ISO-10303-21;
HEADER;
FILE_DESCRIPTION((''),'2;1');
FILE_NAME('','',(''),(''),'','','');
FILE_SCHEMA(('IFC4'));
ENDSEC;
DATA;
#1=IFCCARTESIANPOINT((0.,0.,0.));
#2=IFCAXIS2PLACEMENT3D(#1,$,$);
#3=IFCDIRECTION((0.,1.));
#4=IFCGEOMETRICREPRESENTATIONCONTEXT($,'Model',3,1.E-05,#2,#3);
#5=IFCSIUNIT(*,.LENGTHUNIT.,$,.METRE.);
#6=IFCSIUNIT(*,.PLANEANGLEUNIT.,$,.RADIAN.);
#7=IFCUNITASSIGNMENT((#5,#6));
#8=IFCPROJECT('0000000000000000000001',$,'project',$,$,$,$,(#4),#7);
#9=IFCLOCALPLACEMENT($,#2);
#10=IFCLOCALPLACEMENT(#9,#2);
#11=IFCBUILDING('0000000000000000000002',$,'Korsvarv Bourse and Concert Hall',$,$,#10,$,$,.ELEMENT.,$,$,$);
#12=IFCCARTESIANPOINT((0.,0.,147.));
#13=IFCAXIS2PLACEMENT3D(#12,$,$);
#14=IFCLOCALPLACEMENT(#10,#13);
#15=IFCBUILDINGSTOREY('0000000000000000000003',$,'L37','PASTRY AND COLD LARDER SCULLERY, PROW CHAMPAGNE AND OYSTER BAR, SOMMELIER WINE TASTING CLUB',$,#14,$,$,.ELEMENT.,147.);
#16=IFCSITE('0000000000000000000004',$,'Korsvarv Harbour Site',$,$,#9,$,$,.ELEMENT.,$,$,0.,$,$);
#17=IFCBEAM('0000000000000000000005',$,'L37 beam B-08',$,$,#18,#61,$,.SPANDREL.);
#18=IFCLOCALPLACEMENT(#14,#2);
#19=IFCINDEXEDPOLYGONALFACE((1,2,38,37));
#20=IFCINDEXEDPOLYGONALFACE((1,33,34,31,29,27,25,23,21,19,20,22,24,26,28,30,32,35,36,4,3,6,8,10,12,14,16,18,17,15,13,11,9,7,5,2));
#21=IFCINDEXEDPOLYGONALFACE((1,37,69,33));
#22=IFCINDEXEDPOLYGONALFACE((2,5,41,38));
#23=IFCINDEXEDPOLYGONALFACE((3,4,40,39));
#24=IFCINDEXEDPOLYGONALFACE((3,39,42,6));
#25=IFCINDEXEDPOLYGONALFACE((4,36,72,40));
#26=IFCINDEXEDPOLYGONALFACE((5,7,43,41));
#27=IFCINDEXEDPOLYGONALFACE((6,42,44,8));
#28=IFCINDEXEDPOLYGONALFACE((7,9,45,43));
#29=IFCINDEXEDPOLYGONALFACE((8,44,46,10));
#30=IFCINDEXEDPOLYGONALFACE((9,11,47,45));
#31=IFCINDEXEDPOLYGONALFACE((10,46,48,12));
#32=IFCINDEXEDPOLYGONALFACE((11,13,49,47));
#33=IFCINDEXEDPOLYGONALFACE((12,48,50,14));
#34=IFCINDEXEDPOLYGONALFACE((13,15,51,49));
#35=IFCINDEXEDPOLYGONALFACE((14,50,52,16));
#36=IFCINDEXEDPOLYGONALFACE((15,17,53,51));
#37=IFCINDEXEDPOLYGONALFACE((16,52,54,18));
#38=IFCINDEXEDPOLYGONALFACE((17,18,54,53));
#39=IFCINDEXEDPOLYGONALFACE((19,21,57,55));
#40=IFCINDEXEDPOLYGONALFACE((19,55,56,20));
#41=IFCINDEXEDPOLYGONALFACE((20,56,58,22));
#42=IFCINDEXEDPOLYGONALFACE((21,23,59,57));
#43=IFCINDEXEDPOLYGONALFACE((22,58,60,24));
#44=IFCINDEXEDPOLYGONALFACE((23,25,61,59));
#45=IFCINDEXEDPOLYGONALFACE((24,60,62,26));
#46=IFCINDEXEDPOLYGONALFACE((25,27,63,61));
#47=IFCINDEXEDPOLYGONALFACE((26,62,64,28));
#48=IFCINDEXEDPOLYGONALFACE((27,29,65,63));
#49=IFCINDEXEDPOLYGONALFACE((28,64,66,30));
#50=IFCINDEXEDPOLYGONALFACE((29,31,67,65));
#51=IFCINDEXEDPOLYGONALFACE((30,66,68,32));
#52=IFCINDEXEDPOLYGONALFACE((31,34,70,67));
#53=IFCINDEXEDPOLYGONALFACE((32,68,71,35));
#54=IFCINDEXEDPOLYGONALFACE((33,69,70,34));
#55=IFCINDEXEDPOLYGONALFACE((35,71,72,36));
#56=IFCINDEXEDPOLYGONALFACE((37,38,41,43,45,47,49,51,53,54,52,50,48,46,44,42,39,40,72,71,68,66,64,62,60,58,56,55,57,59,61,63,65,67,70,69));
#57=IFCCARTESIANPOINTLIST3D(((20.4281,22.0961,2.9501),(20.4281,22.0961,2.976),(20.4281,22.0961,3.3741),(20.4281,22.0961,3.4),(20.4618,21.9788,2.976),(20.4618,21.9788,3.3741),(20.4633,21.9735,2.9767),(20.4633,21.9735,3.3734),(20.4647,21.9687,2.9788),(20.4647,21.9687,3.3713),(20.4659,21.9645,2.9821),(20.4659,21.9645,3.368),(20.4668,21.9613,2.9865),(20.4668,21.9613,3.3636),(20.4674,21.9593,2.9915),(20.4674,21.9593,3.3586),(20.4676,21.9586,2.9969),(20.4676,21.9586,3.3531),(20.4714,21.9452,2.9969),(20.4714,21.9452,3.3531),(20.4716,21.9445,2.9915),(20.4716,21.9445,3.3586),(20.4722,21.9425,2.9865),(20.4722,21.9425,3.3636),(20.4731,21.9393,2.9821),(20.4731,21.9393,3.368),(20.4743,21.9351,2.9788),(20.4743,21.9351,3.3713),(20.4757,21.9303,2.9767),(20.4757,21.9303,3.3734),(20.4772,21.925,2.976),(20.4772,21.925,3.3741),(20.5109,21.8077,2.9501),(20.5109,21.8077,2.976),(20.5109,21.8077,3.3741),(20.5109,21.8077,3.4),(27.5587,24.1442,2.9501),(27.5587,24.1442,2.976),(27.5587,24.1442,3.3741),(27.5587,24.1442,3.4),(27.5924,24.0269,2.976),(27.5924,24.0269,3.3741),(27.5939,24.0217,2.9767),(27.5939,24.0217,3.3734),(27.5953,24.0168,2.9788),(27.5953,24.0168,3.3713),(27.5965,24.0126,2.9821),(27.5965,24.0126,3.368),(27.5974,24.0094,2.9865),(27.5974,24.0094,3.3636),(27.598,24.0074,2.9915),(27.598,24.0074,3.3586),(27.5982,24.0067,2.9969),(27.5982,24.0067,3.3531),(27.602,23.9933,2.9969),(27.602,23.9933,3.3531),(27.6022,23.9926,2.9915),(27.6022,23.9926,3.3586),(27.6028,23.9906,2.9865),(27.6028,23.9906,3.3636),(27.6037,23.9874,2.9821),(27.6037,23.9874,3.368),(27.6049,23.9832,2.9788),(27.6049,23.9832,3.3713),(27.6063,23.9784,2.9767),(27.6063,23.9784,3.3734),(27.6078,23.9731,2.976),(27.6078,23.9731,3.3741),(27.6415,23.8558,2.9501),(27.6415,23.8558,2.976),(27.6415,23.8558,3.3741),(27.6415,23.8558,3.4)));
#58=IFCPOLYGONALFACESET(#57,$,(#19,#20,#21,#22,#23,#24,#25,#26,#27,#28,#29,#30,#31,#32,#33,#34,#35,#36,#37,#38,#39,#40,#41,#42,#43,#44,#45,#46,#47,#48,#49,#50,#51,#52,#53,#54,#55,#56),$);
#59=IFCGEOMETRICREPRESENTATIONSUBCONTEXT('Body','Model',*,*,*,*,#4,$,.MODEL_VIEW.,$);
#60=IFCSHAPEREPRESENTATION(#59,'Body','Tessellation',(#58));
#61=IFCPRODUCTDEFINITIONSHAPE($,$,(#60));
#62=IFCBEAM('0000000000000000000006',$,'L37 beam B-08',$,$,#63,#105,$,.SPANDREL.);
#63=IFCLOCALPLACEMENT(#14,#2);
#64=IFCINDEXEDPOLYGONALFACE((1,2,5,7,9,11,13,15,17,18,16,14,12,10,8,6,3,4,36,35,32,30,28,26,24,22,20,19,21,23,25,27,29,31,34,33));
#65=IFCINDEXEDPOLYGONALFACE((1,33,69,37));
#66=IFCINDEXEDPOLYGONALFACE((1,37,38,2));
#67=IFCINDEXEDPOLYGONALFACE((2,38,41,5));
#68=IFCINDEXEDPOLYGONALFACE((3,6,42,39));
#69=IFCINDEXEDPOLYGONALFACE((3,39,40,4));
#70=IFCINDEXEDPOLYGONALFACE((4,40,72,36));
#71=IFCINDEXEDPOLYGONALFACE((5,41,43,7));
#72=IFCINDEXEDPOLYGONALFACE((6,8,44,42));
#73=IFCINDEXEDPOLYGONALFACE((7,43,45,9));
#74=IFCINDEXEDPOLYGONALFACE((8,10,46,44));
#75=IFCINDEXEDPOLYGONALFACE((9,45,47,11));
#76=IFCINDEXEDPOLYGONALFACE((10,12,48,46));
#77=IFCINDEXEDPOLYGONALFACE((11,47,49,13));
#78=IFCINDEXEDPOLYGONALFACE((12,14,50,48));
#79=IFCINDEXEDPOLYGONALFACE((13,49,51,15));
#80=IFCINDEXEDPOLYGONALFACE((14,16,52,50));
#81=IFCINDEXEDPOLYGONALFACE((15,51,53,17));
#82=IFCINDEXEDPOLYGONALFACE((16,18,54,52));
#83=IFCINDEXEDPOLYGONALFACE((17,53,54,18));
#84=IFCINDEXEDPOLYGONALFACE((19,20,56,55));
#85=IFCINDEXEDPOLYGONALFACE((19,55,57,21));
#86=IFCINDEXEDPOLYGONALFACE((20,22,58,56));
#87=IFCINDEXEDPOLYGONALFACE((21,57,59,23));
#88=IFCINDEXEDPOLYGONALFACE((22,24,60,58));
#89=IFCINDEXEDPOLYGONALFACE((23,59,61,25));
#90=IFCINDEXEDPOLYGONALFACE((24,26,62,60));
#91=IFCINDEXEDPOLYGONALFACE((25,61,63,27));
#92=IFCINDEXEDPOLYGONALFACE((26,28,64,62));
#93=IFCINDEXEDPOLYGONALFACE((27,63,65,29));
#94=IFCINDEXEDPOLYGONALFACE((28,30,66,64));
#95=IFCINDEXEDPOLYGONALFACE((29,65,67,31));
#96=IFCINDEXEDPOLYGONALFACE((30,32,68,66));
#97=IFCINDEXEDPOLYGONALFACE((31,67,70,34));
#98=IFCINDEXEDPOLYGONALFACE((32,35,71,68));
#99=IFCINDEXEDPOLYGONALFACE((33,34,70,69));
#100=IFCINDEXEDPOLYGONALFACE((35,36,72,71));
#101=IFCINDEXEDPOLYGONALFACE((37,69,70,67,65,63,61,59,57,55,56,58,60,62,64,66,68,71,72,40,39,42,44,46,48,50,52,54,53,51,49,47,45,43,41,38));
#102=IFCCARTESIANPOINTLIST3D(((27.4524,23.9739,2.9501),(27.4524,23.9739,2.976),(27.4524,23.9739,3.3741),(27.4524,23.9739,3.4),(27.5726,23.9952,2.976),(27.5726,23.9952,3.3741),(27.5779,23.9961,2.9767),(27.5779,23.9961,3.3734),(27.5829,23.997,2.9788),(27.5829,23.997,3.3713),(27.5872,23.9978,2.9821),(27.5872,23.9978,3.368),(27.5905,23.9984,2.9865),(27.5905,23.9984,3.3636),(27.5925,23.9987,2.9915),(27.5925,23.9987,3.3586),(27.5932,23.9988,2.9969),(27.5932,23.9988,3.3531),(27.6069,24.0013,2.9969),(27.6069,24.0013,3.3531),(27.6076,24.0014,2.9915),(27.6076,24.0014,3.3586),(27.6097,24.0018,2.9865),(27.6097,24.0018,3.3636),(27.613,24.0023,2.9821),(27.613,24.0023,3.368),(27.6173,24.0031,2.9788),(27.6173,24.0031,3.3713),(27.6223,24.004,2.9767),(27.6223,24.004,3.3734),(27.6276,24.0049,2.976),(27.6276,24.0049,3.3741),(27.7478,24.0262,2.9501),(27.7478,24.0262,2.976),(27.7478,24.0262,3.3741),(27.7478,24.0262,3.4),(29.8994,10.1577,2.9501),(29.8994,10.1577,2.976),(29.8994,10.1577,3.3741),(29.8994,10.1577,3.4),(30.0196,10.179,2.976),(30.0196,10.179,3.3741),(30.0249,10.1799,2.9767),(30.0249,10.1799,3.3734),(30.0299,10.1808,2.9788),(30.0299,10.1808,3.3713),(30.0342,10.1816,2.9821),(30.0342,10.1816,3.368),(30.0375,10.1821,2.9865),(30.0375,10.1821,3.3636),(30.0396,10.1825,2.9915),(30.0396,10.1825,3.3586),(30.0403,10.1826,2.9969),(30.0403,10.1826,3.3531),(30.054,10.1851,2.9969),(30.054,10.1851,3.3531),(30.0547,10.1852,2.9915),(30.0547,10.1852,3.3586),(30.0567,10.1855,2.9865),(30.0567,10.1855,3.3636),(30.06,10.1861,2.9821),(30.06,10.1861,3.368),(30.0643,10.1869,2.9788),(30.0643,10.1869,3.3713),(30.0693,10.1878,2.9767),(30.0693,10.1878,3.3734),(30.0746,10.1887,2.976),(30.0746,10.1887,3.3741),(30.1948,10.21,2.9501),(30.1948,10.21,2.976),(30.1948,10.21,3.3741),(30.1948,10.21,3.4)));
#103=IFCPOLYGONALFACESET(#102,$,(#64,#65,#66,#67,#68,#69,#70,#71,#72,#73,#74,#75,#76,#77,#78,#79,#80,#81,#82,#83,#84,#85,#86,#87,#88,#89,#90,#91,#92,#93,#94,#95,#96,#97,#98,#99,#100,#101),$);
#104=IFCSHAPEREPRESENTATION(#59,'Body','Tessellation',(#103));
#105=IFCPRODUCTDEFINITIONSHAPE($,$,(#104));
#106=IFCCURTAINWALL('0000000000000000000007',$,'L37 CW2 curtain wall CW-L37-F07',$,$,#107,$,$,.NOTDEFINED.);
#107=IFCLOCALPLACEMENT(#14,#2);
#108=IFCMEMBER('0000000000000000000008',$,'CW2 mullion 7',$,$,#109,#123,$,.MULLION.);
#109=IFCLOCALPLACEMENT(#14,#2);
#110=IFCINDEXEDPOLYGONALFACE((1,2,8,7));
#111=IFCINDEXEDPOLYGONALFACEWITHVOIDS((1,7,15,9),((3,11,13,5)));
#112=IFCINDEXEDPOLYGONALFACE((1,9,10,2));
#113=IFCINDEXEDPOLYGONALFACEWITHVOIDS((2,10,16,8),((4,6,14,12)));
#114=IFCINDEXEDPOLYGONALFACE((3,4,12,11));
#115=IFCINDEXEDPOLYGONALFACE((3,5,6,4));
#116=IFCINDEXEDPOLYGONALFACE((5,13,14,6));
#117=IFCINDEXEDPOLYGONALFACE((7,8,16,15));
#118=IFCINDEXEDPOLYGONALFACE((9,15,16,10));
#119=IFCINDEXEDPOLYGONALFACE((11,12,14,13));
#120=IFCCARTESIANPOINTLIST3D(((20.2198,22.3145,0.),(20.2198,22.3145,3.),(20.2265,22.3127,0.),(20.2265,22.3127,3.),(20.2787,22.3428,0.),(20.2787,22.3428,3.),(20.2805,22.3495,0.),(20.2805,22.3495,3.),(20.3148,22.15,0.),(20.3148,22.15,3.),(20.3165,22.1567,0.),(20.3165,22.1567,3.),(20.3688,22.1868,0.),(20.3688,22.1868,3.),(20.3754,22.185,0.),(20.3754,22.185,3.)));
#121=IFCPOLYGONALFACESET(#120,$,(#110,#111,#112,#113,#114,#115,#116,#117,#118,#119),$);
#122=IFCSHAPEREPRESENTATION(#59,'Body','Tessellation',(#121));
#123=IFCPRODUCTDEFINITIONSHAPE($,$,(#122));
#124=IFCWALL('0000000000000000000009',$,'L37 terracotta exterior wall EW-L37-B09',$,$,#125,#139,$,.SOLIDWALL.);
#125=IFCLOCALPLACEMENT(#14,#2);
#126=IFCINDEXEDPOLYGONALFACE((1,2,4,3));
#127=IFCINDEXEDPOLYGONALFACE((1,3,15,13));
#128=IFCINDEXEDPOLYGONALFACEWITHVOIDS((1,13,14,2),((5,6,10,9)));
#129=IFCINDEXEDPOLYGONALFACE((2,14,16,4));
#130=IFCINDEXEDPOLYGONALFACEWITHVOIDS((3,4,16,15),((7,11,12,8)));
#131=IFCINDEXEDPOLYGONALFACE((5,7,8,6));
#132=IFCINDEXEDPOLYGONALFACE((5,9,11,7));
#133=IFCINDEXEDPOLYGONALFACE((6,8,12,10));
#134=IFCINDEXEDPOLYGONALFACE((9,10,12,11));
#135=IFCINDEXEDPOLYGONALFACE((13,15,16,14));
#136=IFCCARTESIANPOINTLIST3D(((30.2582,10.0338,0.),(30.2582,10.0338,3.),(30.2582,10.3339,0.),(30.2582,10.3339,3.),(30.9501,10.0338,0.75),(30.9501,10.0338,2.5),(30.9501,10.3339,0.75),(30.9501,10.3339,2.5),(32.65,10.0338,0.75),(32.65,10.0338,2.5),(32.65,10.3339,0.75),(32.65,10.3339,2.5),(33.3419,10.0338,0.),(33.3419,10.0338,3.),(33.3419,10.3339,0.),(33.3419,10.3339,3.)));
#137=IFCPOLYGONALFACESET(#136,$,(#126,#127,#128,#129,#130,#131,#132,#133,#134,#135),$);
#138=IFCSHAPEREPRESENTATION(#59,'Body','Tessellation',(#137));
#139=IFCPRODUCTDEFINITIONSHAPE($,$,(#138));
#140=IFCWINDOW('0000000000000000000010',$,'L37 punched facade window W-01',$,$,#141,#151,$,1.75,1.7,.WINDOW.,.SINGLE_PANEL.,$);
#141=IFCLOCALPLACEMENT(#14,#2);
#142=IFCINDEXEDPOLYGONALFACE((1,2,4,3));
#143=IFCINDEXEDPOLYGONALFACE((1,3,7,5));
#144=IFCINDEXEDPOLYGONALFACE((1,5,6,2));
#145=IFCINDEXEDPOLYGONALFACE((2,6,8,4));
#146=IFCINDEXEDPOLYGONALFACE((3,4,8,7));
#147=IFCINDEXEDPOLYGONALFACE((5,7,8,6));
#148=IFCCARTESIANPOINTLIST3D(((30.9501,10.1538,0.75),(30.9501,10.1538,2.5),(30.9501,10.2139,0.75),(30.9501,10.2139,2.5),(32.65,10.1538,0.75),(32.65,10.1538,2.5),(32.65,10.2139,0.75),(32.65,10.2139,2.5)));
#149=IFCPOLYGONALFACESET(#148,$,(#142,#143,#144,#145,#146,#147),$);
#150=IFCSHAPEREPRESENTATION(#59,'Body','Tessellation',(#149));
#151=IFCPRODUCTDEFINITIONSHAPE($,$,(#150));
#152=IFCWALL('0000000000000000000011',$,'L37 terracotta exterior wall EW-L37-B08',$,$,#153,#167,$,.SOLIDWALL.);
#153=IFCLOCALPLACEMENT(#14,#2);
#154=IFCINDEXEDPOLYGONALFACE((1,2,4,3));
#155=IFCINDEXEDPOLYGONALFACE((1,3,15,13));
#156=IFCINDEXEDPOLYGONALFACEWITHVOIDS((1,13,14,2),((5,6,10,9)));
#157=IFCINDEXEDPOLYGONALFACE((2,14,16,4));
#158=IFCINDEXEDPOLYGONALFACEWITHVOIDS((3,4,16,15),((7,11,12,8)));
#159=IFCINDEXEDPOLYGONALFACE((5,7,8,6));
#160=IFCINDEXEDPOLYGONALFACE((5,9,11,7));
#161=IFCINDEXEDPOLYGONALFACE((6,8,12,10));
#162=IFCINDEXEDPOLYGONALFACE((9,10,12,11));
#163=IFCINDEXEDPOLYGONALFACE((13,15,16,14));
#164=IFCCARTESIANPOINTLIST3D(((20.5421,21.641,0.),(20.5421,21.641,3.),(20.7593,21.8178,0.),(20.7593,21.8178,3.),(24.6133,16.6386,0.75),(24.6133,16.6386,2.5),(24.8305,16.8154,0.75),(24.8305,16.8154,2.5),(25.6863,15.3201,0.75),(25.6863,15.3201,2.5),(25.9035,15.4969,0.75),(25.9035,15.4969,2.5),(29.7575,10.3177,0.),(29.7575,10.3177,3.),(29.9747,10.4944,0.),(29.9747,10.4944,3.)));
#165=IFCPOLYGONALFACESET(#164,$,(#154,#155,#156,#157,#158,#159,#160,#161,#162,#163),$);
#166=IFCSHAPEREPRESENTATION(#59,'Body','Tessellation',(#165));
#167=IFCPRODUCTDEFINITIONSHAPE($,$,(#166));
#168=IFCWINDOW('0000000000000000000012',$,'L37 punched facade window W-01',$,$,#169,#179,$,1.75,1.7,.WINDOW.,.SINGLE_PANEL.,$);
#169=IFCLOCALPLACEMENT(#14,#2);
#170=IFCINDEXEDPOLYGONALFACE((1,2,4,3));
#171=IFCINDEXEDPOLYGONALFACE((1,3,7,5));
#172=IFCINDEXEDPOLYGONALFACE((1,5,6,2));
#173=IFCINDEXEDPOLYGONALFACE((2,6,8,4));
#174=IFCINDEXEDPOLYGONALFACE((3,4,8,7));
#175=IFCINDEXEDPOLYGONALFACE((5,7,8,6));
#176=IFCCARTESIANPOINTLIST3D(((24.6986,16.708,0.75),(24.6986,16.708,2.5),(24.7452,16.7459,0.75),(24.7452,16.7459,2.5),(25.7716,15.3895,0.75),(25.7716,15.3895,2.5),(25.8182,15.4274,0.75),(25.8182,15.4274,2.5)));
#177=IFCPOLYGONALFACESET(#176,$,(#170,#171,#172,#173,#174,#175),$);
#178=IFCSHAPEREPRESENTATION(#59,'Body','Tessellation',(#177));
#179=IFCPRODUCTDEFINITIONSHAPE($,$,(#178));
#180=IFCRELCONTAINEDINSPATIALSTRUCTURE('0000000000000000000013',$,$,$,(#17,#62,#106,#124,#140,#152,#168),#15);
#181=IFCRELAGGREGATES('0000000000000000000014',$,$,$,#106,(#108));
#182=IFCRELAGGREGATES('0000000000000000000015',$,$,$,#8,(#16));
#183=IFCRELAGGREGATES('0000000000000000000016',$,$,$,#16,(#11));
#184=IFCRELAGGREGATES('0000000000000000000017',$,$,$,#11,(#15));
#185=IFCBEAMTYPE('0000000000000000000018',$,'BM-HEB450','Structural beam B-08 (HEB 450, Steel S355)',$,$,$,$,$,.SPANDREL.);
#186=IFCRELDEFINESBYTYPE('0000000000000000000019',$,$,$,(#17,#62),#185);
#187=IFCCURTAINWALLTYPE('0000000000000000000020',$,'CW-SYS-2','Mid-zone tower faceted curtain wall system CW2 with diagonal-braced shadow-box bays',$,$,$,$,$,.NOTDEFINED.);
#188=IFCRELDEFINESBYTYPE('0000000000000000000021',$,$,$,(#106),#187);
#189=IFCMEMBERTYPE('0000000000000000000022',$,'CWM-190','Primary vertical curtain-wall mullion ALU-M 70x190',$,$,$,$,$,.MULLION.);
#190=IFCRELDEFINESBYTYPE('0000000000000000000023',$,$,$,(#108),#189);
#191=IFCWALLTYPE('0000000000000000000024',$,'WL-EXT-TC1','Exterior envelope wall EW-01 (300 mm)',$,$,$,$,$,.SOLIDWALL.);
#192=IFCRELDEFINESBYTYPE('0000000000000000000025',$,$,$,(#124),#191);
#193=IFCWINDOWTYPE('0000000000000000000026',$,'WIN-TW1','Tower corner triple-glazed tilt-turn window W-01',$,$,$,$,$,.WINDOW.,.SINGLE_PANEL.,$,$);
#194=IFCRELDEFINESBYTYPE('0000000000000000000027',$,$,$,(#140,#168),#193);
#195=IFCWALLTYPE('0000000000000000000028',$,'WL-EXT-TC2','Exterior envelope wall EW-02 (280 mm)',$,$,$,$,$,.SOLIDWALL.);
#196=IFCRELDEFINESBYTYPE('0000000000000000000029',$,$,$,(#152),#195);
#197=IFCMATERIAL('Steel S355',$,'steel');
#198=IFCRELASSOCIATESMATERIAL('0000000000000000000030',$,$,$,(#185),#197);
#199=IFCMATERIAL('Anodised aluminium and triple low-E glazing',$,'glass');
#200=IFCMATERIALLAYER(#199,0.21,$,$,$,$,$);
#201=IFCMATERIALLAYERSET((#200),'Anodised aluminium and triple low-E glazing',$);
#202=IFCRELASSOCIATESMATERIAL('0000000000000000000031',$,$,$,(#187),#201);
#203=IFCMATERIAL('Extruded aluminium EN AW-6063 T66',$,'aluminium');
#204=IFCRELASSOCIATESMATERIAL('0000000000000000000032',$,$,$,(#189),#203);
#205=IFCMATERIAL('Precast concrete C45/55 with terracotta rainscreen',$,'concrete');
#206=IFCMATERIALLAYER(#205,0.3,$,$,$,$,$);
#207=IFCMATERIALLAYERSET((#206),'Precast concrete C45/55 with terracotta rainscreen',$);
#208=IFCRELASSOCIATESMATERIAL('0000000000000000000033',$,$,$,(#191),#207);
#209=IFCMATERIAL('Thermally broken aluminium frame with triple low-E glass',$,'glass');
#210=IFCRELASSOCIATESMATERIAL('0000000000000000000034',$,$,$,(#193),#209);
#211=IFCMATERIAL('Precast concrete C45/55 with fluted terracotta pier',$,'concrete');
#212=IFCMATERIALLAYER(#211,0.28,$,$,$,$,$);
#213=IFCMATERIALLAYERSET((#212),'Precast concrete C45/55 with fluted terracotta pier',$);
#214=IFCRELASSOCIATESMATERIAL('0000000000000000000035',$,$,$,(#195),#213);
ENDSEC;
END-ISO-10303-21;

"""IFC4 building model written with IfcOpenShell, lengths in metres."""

from ifc_helpers import new_model, si_unit, direction, frame, frame_2d, origin, origin_2d, place, context, subcontext, project, spatial, rectangle, hollow_rectangle, i_section, extrude, source, transform, mapped, material, layer, layer_set, material_profile, profile_set, type_object, element, fill, aggregate, save


model = new_model("IFC4")

# Units and contexts
model_context = context("Model", 3, precision=1e-05, world=origin(), true_north=direction((0.0, 1.0)))
body_context = subcontext(model_context, "Body", "Model", "MODEL_VIEW")
ifc_project = project(units=[si_unit("LENGTHUNIT", "METRE"), si_unit("PLANEANGLEUNIT", "RADIAN")], contexts=[model_context])

# Site, building, storey
site_placement = place(None, origin())
site = spatial("IfcSite", under=ifc_project, at=site_placement, Name="Korsvarv Harbour Site", CompositionType="ELEMENT", RefElevation=0.0)
building_placement = place(site_placement, origin())
building = spatial("IfcBuilding", under=site, at=building_placement, Name="Korsvarv Bourse and Concert Hall", CompositionType="ELEMENT")
storey_placement = place(building_placement, frame((0.0, 0.0, 147.0)))
storey = spatial("IfcBuildingStorey", under=building, at=storey_placement, Name="L37", Description="PASTRY AND COLD LARDER SCULLERY, PROW CHAMPAGNE AND OYSTER BAR, SOMMELIER WINE TASTING CLUB", CompositionType="ELEMENT", Elevation=147.0)

# Shared definitions
ifc_material_1 = material(Name="Steel S355", Category="steel")

# Beams
ifc_material_profile_1 = material_profile(ifc_material_1, i_section(OverallWidth=0.3, OverallDepth=0.45, WebThickness=0.0139, FlangeThickness=0.0259, FilletRadius=0.021, at=origin_2d()), Name="HEB 450")
ifc_profile_set_1 = profile_set([ifc_material_profile_1], Name="Steel S355")
beam_type_1 = type_object("IfcBeamType", Name="BM-HEB450", Description="Structural beam B-08 (HEB 450, Steel S355)", PredefinedType="SPANDREL", material=ifc_profile_set_1)
shared_shape_1 = source(origin(), body_context, "Body", "SweptSolid", [
    extrude(i_section(OverallWidth=0.3, OverallDepth=0.45, WebThickness=0.0139, FlangeThickness=0.0259, FilletRadius=0.021, at=origin_2d()), origin(), (0.0, 0.0, 1.0), 7.4189),
])
beam_1_placement = place(storey_placement, frame((20.4695, 21.9519, 3.175), z_axis=(0.961139, 0.276064, 0.0), x_axis=(-0.276064, 0.961139, 0.0)))
element("IfcBeam", 1, at=beam_1_placement, inside=storey, type_object=beam_type_1, Name="L37 beam B-08", PredefinedType="SPANDREL", context=body_context, shape_type="MappedRepresentation", body=[
    mapped(shared_shape_1, transform((0.0, 0.0, 0.0), scale=1.0)),
])
shared_shape_2 = source(origin(), body_context, "Body", "SweptSolid", [
    extrude(i_section(OverallWidth=0.3, OverallDepth=0.45, WebThickness=0.0139, FlangeThickness=0.0259, FilletRadius=0.021, at=origin_2d()), origin(), (0.0, 0.0, 1.0), 14.0312),
])
beam_2_placement = place(storey_placement, frame((30.0471, 10.1838, 3.175), z_axis=(-0.174399, 0.984675, 0.0), x_axis=(-0.984675, -0.174399, 0.0)))
element("IfcBeam", 2, at=beam_2_placement, inside=storey, type_object=beam_type_1, Name="L37 beam B-08", PredefinedType="SPANDREL", context=body_context, shape_type="MappedRepresentation", body=[
    mapped(shared_shape_2, transform((0.0, 0.0, 0.0), scale=1.0)),
])

# Curtain wall, member
ifc_material_2 = material(Name="Anodised aluminium and triple low-E glazing", Category="glass")
ifc_layer_1 = layer(ifc_material_2, 0.21)
ifc_layer_set_1 = layer_set([ifc_layer_1], Name="Anodised aluminium and triple low-E glazing")
curtain_wall_type = type_object("IfcCurtainWallType", Name="CW-SYS-2", Description="Mid-zone tower faceted curtain wall system CW2 with diagonal-braced shadow-box bays", PredefinedType="NOTDEFINED", material=ifc_layer_set_1)
curtain_wall_placement = place(storey_placement, origin())
curtain_wall = element("IfcCurtainWall", 3, at=curtain_wall_placement, inside=storey, type_object=curtain_wall_type, Name="L37 CW2 curtain wall CW-L37-F07", PredefinedType="NOTDEFINED")
ifc_material_3 = material(Name="Extruded aluminium EN AW-6063 T66", Category="aluminium")
ifc_material_profile_2 = material_profile(ifc_material_3, hollow_rectangle(XDim=0.0701, YDim=0.1899, WallThickness=0.0049, at=origin_2d()), Name="ALU-M 70x190")
ifc_profile_set_2 = profile_set([ifc_material_profile_2], Name="Extruded aluminium EN AW-6063 T66")
member_type = type_object("IfcMemberType", Name="CWM-190", Description="Primary vertical curtain-wall mullion ALU-M 70x190", PredefinedType="MULLION", material=ifc_profile_set_2)
shared_shape_3 = source(origin(), body_context, "Body", "SweptSolid", [
    extrude(hollow_rectangle(XDim=0.0701, YDim=0.1899, WallThickness=0.0049, at=origin_2d()), origin(), (0.0, 0.0, 1.0), 3.0),
])
member_placement = place(storey_placement, frame((20.2976, 22.2498, 0.0), z_axis=(0.0, 0.0, 1.0), x_axis=(0.866022, 0.500006, 0.0)))
member = element("IfcMember", 4, at=member_placement, type_object=member_type, Name="CW2 mullion 7", PredefinedType="MULLION", context=body_context, shape_type="MappedRepresentation", body=[
    mapped(shared_shape_3, transform((0.0, 0.0, 0.0), scale=1.0)),
])
aggregate(curtain_wall, [member])

# Walls, openings, windows
ifc_material_4 = material(Name="Precast concrete C45/55 with terracotta rainscreen", Category="concrete")
ifc_layer_2 = layer(ifc_material_4, 0.3)
ifc_layer_set_2 = layer_set([ifc_layer_2], Name="Precast concrete C45/55 with terracotta rainscreen")
wall_type_1 = type_object("IfcWallType", Name="WL-EXT-TC1", Description="Exterior envelope wall EW-01 (300 mm)", PredefinedType="SOLIDWALL", material=ifc_layer_set_2)
wall_1_placement = place(storey_placement, frame((30.2581, 10.1838, 0.0), z_axis=(0.0, 0.0, 1.0), x_axis=(1.0, 0.0, 0.0)))
wall_1 = element("IfcWall", 5, at=wall_1_placement, inside=storey, type_object=wall_type_1, Name="L37 terracotta exterior wall EW-L37-B09", PredefinedType="SOLIDWALL", context=body_context, shape_type="SweptSolid", body=[
    extrude(rectangle(XDim=3.0837, YDim=0.3, at=frame_2d((1.542, 0.0))), origin(), (0.0, 0.0, 1.0), 3.0),
])
opening_1_placement = place(wall_1_placement, frame((0.6919, 0.0, 0.75)))
opening_1 = element("IfcOpeningElement", 6, at=opening_1_placement, cuts=wall_1, PredefinedType="OPENING", context=body_context, shape_type="SweptSolid", body=[
    extrude(rectangle(XDim=1.7, YDim=1.75, at=frame_2d((0.8501, 0.875))), frame((0.0, 0.1602, 0.0), z_axis=(0.0, -1.0, 0.0), x_axis=(1.0, 0.0, 0.0)), (0.0, 0.0, 1.0), 0.3201),
])
ifc_material_5 = material(Name="Thermally broken aluminium frame with triple low-E glass", Category="glass")
window_type = type_object("IfcWindowType", Name="WIN-TW1", Description="Tower corner triple-glazed tilt-turn window W-01", PartitioningType="SINGLE_PANEL", PredefinedType="WINDOW", material=ifc_material_5)
window_1_placement = place(opening_1_placement, origin())
window_1 = element("IfcWindow", 7, at=window_1_placement, inside=storey, type_object=window_type, Name="L37 punched facade window W-01", OverallHeight=1.75, OverallWidth=1.7, PartitioningType="SINGLE_PANEL", PredefinedType="WINDOW", context=body_context, shape_type="SweptSolid", body=[
    extrude(rectangle(XDim=1.7, YDim=1.75, at=frame_2d((0.8501, 0.875))), frame((0.0, 0.03, 0.0), z_axis=(0.0, -1.0, 0.0), x_axis=(1.0, 0.0, 0.0)), (0.0, 0.0, 1.0), 0.0601),
])
fill(opening_1, window_1)
ifc_material_6 = material(Name="Precast concrete C45/55 with fluted terracotta pier", Category="concrete")
ifc_layer_3 = layer(ifc_material_6, 0.28)
ifc_layer_set_3 = layer_set([ifc_layer_3], Name="Precast concrete C45/55 with fluted terracotta pier")
wall_type_2 = type_object("IfcWallType", Name="WL-EXT-TC2", Description="Exterior envelope wall EW-02 (280 mm)", PredefinedType="SOLIDWALL", material=ifc_layer_set_3)
wall_2_placement = place(storey_placement, frame((20.6506, 21.7295, 0.0), z_axis=(0.0, 0.0, 1.0), x_axis=(0.631219, -0.775604, 0.0)))
wall_2 = element("IfcWall", 8, at=wall_2_placement, inside=storey, type_object=wall_type_2, Name="L37 terracotta exterior wall EW-L37-B08", PredefinedType="SOLIDWALL", context=body_context, shape_type="SweptSolid", body=[
    extrude(rectangle(XDim=14.5994, YDim=0.28, at=frame_2d((7.2998, 0.0))), origin(), (0.0, 0.0, 1.0), 3.0),
])
opening_2_placement = place(wall_2_placement, frame((6.4497, 0.0, 0.75)))
opening_2 = element("IfcOpeningElement", 9, at=opening_2_placement, cuts=wall_2, PredefinedType="OPENING", context=body_context, shape_type="SweptSolid", body=[
    extrude(rectangle(XDim=1.7, YDim=1.75, at=frame_2d((0.8501, 0.875))), frame((0.0, 0.1499, 0.0), z_axis=(0.0, -1.0, 0.0), x_axis=(1.0, 0.0, 0.0)), (0.0, 0.0, 1.0), 0.3),
])
window_2_placement = place(opening_2_placement, origin())
window_2 = element("IfcWindow", 10, at=window_2_placement, inside=storey, type_object=window_type, Name="L37 punched facade window W-01", OverallHeight=1.75, OverallWidth=1.7, PartitioningType="SINGLE_PANEL", PredefinedType="WINDOW", context=body_context, shape_type="SweptSolid", body=[
    extrude(rectangle(XDim=1.7, YDim=1.75, at=frame_2d((0.8501, 0.875))), frame((0.0, 0.03, 0.0), z_axis=(0.0, -1.0, 0.0), x_axis=(1.0, 0.0, 0.0)), (0.0, 0.0, 1.0), 0.0601),
])
fill(opening_2, window_2)

save(model, "model.ifc")
